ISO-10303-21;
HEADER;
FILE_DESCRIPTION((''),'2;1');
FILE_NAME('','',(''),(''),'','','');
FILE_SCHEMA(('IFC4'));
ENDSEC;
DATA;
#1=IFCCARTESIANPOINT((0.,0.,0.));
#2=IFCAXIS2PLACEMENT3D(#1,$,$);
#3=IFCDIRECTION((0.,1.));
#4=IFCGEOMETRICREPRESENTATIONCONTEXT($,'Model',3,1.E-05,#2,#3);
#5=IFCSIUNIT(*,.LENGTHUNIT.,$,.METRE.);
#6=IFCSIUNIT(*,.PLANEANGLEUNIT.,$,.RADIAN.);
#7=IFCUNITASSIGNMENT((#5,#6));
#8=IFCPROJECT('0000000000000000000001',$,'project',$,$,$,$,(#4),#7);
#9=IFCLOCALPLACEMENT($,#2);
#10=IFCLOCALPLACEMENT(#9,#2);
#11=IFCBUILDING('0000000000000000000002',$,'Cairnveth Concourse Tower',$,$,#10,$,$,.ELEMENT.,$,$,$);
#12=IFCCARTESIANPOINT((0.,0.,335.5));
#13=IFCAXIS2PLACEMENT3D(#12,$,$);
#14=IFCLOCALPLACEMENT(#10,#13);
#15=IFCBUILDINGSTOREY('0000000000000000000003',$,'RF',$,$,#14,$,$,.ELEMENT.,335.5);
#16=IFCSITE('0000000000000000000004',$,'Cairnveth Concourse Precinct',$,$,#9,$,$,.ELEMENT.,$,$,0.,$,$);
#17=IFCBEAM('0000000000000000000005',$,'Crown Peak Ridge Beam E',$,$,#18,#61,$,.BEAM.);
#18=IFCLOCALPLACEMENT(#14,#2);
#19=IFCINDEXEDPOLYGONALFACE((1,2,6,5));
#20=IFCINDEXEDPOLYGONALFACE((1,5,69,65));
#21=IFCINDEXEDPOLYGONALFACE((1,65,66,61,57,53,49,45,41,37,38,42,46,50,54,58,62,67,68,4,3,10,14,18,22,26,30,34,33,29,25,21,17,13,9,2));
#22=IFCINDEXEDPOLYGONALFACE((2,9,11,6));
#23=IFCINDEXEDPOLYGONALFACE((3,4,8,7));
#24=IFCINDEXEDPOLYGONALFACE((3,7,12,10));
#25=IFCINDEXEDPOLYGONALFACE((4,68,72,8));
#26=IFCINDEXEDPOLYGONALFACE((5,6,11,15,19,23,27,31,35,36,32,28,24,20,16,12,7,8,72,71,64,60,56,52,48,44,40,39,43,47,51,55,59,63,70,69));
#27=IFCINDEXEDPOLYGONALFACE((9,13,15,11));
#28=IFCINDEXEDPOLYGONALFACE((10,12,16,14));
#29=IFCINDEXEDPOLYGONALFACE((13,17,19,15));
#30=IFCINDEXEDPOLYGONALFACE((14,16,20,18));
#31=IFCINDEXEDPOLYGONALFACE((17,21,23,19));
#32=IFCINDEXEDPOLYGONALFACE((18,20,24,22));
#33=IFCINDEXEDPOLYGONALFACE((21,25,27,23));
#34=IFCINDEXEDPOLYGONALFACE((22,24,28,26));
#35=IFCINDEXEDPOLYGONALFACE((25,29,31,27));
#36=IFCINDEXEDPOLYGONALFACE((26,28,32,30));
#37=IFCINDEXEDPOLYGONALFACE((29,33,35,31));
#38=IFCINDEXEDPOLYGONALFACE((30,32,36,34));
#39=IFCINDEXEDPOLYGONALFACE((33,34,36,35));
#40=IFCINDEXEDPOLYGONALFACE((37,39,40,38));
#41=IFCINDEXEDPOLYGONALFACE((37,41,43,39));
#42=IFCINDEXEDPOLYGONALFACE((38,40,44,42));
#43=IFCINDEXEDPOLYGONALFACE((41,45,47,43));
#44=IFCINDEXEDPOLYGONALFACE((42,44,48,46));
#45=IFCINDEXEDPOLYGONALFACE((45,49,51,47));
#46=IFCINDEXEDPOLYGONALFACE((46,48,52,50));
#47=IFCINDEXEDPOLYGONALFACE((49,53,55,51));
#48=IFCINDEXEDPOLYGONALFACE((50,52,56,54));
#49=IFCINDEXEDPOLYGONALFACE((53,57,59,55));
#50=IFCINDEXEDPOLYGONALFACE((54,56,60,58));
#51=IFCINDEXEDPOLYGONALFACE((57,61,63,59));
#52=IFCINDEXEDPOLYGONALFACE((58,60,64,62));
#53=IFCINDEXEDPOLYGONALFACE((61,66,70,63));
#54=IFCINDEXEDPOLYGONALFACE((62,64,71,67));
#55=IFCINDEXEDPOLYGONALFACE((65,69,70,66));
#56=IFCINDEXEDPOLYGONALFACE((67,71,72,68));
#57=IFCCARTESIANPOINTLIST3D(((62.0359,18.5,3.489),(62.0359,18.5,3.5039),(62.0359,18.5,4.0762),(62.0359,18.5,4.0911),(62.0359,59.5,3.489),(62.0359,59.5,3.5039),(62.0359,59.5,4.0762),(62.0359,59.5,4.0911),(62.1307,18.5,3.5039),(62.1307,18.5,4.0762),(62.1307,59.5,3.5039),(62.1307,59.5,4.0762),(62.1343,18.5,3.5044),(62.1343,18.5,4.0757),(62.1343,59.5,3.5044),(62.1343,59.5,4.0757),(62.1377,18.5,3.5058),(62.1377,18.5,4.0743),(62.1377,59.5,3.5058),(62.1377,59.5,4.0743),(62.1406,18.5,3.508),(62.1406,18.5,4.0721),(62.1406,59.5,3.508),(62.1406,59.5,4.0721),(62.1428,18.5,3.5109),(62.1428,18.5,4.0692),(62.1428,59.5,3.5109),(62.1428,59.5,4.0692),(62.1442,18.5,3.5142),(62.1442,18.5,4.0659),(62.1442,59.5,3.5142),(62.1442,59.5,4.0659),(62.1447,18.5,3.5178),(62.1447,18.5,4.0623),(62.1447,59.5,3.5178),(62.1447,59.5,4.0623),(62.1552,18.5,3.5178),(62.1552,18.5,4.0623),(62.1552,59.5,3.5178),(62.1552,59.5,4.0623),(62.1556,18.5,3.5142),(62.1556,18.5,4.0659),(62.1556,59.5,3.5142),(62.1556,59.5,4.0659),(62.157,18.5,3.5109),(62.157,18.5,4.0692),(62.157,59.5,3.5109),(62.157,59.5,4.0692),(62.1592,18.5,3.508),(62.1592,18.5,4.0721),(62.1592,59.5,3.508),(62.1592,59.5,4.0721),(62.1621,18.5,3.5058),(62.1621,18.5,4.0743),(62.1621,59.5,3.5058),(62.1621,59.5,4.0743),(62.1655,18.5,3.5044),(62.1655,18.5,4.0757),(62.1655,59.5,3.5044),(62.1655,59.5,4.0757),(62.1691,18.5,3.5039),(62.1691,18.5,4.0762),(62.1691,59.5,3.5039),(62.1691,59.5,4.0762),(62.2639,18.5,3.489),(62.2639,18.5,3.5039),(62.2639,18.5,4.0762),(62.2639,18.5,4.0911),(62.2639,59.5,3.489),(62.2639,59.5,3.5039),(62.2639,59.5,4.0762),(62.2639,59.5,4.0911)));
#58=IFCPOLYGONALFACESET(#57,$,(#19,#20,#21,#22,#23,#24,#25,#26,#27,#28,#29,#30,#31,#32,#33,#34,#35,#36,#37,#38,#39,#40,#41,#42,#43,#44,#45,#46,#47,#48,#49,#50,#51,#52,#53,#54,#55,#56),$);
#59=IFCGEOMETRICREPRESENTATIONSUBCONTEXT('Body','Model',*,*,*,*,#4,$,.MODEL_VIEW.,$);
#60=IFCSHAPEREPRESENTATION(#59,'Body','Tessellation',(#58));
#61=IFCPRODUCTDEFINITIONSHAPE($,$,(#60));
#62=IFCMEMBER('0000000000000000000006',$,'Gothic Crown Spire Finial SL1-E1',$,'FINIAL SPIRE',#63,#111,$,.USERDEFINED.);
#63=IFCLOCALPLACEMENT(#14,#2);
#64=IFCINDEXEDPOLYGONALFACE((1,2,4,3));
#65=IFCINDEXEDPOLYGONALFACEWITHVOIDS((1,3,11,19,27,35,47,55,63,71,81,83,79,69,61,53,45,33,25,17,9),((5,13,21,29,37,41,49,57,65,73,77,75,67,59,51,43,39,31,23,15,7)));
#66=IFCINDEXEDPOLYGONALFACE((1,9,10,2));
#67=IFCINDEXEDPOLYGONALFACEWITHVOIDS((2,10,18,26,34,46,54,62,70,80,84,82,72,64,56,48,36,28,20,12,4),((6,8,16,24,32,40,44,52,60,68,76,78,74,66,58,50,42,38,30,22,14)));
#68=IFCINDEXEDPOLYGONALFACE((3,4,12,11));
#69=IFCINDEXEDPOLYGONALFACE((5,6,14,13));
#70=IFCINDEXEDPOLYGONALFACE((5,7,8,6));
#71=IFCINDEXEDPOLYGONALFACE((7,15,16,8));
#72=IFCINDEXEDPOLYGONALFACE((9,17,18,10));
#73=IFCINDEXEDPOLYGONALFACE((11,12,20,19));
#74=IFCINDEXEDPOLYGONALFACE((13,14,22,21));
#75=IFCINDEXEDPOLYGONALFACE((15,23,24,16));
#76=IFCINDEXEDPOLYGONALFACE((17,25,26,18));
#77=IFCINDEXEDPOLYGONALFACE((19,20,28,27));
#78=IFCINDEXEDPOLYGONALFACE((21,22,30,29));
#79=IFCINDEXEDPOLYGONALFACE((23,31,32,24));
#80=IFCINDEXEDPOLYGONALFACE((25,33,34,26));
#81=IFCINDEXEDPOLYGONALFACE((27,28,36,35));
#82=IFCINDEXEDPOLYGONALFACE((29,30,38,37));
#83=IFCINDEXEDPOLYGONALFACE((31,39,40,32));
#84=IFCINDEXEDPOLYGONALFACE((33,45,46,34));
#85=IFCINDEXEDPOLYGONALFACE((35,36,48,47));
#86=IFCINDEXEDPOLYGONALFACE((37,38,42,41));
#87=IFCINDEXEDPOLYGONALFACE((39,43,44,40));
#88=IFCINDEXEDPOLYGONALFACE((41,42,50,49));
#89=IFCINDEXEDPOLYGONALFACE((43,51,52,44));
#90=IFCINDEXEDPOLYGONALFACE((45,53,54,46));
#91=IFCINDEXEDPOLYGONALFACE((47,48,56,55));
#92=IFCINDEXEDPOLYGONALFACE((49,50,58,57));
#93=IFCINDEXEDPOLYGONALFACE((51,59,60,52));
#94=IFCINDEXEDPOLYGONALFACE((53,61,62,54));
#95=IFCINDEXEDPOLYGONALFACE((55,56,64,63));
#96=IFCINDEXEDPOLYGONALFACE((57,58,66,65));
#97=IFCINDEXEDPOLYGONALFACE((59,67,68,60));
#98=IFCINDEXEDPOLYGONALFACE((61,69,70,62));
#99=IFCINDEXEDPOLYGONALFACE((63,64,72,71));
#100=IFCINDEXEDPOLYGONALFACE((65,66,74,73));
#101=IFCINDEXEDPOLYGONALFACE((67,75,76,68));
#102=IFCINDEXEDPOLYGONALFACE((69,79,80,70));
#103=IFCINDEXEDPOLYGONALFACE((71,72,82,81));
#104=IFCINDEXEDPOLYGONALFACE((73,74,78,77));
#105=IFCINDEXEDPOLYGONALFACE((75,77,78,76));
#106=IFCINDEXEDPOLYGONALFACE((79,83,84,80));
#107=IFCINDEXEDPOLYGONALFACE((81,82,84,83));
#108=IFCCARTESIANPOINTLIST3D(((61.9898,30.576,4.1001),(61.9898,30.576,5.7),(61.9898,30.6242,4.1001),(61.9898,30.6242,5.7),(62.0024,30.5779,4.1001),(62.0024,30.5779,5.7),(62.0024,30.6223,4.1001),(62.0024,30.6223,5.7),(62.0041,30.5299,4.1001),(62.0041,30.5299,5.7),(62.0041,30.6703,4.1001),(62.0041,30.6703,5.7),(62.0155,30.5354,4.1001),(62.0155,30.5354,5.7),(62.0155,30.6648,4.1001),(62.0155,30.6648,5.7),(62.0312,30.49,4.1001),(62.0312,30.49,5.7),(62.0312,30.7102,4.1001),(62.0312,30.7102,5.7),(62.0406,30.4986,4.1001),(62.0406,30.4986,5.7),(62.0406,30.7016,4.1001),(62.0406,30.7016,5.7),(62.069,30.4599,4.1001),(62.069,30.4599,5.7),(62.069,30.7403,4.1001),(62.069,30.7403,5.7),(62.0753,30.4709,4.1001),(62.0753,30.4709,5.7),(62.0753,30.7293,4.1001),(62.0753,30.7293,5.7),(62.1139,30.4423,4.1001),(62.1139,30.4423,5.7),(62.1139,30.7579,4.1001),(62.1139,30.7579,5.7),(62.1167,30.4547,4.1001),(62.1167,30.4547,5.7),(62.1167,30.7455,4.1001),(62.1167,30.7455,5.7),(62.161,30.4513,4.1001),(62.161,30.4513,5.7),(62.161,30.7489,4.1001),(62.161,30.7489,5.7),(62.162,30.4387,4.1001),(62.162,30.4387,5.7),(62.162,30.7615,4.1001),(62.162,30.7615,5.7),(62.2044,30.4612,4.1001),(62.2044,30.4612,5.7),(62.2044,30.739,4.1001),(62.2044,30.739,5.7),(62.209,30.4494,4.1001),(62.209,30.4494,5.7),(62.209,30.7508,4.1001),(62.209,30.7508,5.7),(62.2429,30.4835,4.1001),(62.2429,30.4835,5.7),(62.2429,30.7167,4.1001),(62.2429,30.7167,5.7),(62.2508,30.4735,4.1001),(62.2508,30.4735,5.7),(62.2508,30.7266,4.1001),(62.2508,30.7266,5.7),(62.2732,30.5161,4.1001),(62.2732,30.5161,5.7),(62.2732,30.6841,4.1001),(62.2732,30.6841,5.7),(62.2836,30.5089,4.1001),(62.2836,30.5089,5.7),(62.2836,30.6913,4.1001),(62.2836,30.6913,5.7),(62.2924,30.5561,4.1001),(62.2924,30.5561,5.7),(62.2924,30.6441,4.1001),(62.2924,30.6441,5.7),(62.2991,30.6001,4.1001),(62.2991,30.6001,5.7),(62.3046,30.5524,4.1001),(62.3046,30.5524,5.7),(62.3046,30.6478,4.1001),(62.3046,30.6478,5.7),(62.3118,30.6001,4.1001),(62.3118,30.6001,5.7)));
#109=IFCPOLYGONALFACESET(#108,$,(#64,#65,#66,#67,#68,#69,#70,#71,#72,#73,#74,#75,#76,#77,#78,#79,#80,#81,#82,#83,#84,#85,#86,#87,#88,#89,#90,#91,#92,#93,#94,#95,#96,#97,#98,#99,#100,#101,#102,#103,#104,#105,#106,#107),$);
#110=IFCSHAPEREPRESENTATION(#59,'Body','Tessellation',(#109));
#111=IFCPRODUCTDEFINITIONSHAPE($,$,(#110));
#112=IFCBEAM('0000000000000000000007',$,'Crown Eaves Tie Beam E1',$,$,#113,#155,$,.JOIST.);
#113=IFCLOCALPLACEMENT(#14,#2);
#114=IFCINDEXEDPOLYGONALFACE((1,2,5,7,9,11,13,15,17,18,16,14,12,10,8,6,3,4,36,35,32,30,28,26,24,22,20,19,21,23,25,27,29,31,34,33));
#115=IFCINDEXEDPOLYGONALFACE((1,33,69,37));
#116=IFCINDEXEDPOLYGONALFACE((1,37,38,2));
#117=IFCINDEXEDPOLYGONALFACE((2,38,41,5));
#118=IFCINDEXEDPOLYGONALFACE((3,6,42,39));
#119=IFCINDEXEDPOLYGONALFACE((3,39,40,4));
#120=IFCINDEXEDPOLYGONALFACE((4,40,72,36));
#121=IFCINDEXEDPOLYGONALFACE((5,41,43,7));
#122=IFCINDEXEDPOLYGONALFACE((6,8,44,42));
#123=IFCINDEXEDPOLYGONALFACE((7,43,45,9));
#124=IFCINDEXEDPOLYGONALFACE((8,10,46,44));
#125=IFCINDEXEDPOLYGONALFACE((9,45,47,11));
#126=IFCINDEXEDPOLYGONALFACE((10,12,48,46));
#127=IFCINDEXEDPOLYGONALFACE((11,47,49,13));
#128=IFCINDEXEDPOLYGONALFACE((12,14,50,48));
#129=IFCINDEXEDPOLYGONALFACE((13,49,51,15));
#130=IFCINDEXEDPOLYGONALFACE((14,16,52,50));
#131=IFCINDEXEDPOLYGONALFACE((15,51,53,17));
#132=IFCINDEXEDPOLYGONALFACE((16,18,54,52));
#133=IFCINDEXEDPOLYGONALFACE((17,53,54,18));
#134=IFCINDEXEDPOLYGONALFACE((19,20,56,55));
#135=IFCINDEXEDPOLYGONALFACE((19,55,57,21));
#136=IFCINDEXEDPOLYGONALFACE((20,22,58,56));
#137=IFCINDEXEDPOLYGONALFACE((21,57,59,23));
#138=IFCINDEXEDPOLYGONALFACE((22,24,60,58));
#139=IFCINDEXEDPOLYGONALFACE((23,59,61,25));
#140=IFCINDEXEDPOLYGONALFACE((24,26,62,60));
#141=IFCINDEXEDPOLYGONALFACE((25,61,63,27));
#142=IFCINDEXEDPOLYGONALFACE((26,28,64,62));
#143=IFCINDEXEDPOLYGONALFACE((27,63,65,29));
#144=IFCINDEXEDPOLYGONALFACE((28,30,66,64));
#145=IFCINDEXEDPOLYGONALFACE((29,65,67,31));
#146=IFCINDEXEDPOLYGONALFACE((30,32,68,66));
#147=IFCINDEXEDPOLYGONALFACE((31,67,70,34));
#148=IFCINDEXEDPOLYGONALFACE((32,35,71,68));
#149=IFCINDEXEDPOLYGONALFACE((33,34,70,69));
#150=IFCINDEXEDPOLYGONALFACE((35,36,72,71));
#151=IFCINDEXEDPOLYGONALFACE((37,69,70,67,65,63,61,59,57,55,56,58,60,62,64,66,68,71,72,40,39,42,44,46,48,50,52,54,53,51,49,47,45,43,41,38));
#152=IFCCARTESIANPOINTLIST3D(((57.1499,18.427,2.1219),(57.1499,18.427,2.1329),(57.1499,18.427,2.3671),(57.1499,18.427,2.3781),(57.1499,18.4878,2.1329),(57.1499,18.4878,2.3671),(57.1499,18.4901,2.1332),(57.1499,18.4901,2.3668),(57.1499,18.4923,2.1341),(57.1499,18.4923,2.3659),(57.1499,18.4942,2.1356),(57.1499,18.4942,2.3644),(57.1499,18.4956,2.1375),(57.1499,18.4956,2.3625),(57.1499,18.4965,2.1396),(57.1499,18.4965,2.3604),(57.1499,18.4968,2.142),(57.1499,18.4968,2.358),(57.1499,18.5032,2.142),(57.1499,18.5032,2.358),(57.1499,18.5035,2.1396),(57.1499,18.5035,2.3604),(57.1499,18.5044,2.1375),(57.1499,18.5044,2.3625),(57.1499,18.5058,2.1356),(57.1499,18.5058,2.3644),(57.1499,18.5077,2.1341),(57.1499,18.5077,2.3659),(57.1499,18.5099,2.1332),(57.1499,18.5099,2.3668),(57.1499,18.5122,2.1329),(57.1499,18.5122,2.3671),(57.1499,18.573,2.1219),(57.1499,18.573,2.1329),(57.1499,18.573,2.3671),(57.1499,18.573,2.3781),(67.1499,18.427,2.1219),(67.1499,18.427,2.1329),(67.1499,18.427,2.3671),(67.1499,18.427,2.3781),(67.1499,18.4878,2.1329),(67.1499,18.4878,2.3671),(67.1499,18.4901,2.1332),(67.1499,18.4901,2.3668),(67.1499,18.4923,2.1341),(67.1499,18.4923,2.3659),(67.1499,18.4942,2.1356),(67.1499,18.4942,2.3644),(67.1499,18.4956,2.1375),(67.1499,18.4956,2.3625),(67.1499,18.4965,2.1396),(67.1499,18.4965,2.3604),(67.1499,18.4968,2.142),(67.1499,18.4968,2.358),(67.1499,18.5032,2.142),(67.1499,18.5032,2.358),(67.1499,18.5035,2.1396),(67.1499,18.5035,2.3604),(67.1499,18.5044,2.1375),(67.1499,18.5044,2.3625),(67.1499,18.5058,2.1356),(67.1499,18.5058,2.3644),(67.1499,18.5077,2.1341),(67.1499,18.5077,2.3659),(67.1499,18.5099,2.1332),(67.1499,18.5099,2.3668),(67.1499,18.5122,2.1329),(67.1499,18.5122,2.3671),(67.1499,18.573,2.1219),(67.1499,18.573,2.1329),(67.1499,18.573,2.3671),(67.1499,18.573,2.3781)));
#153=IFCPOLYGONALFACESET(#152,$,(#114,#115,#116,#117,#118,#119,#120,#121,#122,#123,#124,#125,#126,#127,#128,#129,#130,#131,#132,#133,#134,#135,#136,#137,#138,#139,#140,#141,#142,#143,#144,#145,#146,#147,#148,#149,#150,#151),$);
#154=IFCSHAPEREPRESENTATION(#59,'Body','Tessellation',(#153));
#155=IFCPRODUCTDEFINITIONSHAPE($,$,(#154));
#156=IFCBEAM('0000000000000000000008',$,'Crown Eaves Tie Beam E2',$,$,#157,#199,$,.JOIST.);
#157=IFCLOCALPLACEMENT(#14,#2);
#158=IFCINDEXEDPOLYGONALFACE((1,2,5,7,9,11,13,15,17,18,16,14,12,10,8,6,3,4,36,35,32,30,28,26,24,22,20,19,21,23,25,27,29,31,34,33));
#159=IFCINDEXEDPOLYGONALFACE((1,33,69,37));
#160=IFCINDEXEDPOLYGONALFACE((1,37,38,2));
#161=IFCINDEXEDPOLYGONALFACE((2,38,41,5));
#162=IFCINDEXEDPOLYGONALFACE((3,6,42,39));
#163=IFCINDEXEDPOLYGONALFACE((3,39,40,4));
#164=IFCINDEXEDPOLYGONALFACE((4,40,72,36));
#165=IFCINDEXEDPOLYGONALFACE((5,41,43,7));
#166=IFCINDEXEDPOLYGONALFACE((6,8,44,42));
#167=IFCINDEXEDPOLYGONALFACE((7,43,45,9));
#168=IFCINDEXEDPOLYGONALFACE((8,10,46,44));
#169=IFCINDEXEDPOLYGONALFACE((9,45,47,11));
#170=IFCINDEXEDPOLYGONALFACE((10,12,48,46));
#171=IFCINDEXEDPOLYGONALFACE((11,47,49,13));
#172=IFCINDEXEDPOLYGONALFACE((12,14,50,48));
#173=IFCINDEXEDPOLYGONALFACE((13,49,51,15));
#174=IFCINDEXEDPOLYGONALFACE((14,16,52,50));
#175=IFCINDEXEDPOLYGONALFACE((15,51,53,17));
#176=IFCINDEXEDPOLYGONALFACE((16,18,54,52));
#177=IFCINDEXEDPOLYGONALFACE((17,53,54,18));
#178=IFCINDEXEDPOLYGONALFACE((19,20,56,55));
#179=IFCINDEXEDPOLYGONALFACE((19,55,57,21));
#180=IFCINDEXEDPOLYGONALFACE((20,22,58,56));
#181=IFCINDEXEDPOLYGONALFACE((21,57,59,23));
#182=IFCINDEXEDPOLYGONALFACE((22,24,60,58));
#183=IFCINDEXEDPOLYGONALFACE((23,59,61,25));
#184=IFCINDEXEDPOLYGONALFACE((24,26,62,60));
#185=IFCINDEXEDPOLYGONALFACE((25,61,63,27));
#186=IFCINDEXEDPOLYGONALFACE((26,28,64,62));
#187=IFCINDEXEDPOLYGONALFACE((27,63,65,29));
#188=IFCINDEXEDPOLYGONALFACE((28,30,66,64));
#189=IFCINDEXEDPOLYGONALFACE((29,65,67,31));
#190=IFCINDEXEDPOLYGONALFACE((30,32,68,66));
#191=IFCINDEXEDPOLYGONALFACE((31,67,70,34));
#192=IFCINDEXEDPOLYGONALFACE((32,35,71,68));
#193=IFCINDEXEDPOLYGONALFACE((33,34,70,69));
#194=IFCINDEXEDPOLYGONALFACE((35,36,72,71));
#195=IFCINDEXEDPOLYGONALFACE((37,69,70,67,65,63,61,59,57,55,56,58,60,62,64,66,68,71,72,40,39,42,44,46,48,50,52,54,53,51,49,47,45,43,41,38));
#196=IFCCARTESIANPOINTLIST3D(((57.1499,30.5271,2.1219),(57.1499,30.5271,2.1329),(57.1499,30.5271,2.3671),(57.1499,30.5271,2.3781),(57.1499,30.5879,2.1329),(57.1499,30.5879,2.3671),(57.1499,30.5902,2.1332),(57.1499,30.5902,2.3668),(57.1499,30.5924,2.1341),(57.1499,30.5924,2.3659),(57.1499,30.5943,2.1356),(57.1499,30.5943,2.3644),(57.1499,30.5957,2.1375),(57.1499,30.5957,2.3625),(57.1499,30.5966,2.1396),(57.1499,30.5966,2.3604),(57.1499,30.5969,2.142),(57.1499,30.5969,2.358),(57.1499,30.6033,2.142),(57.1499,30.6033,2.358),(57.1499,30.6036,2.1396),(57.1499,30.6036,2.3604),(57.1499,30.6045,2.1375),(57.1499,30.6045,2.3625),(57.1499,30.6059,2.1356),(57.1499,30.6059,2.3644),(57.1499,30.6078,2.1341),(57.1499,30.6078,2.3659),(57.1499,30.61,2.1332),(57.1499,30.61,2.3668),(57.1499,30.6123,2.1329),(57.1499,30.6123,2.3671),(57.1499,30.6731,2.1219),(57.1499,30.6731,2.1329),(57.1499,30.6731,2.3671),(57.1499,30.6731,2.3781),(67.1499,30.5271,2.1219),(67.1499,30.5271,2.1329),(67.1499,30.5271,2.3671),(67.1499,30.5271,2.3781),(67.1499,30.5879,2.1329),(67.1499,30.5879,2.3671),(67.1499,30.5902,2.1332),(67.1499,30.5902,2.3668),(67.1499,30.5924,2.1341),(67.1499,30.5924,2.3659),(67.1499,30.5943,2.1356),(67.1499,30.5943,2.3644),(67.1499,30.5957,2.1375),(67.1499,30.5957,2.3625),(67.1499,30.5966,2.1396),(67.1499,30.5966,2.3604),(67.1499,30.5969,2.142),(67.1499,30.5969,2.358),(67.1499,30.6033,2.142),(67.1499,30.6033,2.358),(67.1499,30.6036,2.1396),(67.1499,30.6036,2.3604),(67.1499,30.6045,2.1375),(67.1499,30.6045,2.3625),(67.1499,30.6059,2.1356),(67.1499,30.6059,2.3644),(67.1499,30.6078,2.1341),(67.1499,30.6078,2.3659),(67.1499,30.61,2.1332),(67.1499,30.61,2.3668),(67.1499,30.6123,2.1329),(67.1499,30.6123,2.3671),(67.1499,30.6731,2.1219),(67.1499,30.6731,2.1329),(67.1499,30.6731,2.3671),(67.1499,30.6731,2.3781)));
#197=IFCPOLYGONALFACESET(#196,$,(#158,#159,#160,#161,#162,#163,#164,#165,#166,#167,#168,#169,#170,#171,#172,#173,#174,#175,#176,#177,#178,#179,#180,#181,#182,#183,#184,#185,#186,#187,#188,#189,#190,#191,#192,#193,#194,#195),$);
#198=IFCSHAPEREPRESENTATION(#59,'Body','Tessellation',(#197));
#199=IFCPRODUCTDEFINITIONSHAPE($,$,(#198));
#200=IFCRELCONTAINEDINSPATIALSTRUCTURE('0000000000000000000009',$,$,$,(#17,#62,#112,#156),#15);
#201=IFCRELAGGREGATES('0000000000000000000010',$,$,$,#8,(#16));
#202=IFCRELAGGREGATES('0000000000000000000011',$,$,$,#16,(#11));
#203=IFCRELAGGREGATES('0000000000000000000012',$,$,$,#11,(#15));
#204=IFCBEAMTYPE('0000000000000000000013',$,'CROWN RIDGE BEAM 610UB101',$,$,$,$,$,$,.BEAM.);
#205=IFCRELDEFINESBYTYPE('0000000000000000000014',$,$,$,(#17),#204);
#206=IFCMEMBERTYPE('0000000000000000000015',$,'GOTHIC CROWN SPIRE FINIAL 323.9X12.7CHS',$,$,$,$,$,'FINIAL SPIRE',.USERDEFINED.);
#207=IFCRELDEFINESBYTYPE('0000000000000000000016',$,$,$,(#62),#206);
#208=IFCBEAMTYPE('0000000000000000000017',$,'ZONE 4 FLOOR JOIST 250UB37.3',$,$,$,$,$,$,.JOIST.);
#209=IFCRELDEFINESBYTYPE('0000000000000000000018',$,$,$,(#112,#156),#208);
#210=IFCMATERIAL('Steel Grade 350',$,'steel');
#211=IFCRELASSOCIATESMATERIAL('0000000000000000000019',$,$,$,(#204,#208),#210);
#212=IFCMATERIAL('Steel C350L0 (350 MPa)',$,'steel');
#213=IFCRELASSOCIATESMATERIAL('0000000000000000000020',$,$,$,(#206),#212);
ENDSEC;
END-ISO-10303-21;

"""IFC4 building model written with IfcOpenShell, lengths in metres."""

from ifc_helpers import new_model, si_unit, direction, frame, origin, origin_2d, place, context, subcontext, project, spatial, hollow_circle, i_section, extrude, material, material_profile, profile_set, type_object, element, save


model = new_model("IFC4")

# Units and contexts
model_context = context("Model", 3, precision=1e-05, world=origin(), true_north=direction((0.0, 1.0)))
body_context = subcontext(model_context, "Body", "Model", "MODEL_VIEW")
ifc_project = project(units=[si_unit("LENGTHUNIT", "METRE"), si_unit("PLANEANGLEUNIT", "RADIAN")], contexts=[model_context])

# Site, building, storey
site_placement = place(None, origin())
site = spatial("IfcSite", under=ifc_project, at=site_placement, Name="Cairnveth Concourse Precinct", CompositionType="ELEMENT", RefElevation=0.0)
building_placement = place(site_placement, origin())
building = spatial("IfcBuilding", under=site, at=building_placement, Name="Cairnveth Concourse Tower", CompositionType="ELEMENT")
storey_placement = place(building_placement, frame((0.0, 0.0, 335.5)))
storey = spatial("IfcBuildingStorey", under=building, at=storey_placement, Name="RF", CompositionType="ELEMENT", Elevation=335.5)

# Shared definitions
ifc_material_1 = material(Name="Steel Grade 350", Category="steel")

# Shared definitions
ifc_material_2 = material(Name="Steel C350L0 (350 MPa)", Category="steel")

# Beam
ifc_material_profile_1 = material_profile(ifc_material_1, i_section(OverallWidth=0.228, OverallDepth=0.6021, WebThickness=0.0105, FlangeThickness=0.0149, FilletRadius=0.0139, at=origin_2d()), Name="610UB101")
ifc_profile_set_1 = profile_set([ifc_material_profile_1], Name="Steel Grade 350")
beam_type_1 = type_object("IfcBeamType", Name="CROWN RIDGE BEAM 610UB101", PredefinedType="BEAM", material=ifc_profile_set_1)
beam_placement = place(storey_placement, frame((62.1499, 18.5, 3.79), z_axis=(0.0, 1.0, 0.0), x_axis=(-1.0, 0.0, 0.0)))
element("IfcBeam", 1, at=beam_placement, inside=storey, type_object=beam_type_1, Name="Crown Peak Ridge Beam E", PredefinedType="BEAM", context=body_context, shape_type="SweptSolid", body=[
    extrude(i_section(OverallWidth=0.228, OverallDepth=0.6021, WebThickness=0.0105, FlangeThickness=0.0149, FilletRadius=0.0139, at=origin_2d()), origin(), (0.0, 0.0, 1.0), 41.0),
])

# Member
ifc_material_profile_2 = material_profile(ifc_material_2, hollow_circle(Radius=0.1619, WallThickness=0.0127, at=origin_2d()), Name="323.9x12.7CHS")
ifc_profile_set_2 = profile_set([ifc_material_profile_2], Name="Steel C350L0 (350 MPa)")
member_type_1 = type_object("IfcMemberType", Name="GOTHIC CROWN SPIRE FINIAL 323.9X12.7CHS", ElementType="FINIAL SPIRE", PredefinedType="USERDEFINED", material=ifc_profile_set_2)
member_placement = place(storey_placement, frame((62.1499, 30.6001, 4.1001), z_axis=(0.0, 0.0, 1.0), x_axis=(1.0, 0.0, 0.0)))
element("IfcMember", 2, at=member_placement, inside=storey, type_object=member_type_1, Name="Gothic Crown Spire Finial SL1-E1", ObjectType="FINIAL SPIRE", PredefinedType="USERDEFINED", context=body_context, shape_type="SweptSolid", body=[
    extrude(hollow_circle(Radius=0.1619, WallThickness=0.0127, at=origin_2d()), origin(), (0.0, 0.0, 1.0), 1.5999),
])

# Beams
ifc_material_profile_3 = material_profile(ifc_material_1, i_section(OverallWidth=0.146, OverallDepth=0.2561, WebThickness=0.0063, FlangeThickness=0.011, FilletRadius=0.009, at=origin_2d()), Name="250UB37.3")
ifc_profile_set_3 = profile_set([ifc_material_profile_3], Name="Steel Grade 350")
beam_type_2 = type_object("IfcBeamType", Name="ZONE 4 FLOOR JOIST 250UB37.3", PredefinedType="JOIST", material=ifc_profile_set_3)
for number, where, z_axis, x_axis, name in (
    (3, (57.1499, 18.5, 2.25), (1.0, 0.0, 0.0), (0.0, 1.0, 0.0), "Crown Eaves Tie Beam E1"),
    (4, (57.1499, 30.6001, 2.25), (1.0, 0.0, 0.0), (0.0, 1.0, 0.0), "Crown Eaves Tie Beam E2"),
):
    element("IfcBeam", number, at=place(storey_placement, frame(where, z_axis=z_axis, x_axis=x_axis)), inside=storey, type_object=beam_type_2, Name=name, PredefinedType="JOIST", context=body_context, shape_type="SweptSolid", body=[
        extrude(i_section(OverallWidth=0.146, OverallDepth=0.2561, WebThickness=0.0063, FlangeThickness=0.011, FilletRadius=0.009, at=origin_2d()), origin(), (0.0, 0.0, 1.0), 10.0),
    ])

save(model, "model.ifc")
